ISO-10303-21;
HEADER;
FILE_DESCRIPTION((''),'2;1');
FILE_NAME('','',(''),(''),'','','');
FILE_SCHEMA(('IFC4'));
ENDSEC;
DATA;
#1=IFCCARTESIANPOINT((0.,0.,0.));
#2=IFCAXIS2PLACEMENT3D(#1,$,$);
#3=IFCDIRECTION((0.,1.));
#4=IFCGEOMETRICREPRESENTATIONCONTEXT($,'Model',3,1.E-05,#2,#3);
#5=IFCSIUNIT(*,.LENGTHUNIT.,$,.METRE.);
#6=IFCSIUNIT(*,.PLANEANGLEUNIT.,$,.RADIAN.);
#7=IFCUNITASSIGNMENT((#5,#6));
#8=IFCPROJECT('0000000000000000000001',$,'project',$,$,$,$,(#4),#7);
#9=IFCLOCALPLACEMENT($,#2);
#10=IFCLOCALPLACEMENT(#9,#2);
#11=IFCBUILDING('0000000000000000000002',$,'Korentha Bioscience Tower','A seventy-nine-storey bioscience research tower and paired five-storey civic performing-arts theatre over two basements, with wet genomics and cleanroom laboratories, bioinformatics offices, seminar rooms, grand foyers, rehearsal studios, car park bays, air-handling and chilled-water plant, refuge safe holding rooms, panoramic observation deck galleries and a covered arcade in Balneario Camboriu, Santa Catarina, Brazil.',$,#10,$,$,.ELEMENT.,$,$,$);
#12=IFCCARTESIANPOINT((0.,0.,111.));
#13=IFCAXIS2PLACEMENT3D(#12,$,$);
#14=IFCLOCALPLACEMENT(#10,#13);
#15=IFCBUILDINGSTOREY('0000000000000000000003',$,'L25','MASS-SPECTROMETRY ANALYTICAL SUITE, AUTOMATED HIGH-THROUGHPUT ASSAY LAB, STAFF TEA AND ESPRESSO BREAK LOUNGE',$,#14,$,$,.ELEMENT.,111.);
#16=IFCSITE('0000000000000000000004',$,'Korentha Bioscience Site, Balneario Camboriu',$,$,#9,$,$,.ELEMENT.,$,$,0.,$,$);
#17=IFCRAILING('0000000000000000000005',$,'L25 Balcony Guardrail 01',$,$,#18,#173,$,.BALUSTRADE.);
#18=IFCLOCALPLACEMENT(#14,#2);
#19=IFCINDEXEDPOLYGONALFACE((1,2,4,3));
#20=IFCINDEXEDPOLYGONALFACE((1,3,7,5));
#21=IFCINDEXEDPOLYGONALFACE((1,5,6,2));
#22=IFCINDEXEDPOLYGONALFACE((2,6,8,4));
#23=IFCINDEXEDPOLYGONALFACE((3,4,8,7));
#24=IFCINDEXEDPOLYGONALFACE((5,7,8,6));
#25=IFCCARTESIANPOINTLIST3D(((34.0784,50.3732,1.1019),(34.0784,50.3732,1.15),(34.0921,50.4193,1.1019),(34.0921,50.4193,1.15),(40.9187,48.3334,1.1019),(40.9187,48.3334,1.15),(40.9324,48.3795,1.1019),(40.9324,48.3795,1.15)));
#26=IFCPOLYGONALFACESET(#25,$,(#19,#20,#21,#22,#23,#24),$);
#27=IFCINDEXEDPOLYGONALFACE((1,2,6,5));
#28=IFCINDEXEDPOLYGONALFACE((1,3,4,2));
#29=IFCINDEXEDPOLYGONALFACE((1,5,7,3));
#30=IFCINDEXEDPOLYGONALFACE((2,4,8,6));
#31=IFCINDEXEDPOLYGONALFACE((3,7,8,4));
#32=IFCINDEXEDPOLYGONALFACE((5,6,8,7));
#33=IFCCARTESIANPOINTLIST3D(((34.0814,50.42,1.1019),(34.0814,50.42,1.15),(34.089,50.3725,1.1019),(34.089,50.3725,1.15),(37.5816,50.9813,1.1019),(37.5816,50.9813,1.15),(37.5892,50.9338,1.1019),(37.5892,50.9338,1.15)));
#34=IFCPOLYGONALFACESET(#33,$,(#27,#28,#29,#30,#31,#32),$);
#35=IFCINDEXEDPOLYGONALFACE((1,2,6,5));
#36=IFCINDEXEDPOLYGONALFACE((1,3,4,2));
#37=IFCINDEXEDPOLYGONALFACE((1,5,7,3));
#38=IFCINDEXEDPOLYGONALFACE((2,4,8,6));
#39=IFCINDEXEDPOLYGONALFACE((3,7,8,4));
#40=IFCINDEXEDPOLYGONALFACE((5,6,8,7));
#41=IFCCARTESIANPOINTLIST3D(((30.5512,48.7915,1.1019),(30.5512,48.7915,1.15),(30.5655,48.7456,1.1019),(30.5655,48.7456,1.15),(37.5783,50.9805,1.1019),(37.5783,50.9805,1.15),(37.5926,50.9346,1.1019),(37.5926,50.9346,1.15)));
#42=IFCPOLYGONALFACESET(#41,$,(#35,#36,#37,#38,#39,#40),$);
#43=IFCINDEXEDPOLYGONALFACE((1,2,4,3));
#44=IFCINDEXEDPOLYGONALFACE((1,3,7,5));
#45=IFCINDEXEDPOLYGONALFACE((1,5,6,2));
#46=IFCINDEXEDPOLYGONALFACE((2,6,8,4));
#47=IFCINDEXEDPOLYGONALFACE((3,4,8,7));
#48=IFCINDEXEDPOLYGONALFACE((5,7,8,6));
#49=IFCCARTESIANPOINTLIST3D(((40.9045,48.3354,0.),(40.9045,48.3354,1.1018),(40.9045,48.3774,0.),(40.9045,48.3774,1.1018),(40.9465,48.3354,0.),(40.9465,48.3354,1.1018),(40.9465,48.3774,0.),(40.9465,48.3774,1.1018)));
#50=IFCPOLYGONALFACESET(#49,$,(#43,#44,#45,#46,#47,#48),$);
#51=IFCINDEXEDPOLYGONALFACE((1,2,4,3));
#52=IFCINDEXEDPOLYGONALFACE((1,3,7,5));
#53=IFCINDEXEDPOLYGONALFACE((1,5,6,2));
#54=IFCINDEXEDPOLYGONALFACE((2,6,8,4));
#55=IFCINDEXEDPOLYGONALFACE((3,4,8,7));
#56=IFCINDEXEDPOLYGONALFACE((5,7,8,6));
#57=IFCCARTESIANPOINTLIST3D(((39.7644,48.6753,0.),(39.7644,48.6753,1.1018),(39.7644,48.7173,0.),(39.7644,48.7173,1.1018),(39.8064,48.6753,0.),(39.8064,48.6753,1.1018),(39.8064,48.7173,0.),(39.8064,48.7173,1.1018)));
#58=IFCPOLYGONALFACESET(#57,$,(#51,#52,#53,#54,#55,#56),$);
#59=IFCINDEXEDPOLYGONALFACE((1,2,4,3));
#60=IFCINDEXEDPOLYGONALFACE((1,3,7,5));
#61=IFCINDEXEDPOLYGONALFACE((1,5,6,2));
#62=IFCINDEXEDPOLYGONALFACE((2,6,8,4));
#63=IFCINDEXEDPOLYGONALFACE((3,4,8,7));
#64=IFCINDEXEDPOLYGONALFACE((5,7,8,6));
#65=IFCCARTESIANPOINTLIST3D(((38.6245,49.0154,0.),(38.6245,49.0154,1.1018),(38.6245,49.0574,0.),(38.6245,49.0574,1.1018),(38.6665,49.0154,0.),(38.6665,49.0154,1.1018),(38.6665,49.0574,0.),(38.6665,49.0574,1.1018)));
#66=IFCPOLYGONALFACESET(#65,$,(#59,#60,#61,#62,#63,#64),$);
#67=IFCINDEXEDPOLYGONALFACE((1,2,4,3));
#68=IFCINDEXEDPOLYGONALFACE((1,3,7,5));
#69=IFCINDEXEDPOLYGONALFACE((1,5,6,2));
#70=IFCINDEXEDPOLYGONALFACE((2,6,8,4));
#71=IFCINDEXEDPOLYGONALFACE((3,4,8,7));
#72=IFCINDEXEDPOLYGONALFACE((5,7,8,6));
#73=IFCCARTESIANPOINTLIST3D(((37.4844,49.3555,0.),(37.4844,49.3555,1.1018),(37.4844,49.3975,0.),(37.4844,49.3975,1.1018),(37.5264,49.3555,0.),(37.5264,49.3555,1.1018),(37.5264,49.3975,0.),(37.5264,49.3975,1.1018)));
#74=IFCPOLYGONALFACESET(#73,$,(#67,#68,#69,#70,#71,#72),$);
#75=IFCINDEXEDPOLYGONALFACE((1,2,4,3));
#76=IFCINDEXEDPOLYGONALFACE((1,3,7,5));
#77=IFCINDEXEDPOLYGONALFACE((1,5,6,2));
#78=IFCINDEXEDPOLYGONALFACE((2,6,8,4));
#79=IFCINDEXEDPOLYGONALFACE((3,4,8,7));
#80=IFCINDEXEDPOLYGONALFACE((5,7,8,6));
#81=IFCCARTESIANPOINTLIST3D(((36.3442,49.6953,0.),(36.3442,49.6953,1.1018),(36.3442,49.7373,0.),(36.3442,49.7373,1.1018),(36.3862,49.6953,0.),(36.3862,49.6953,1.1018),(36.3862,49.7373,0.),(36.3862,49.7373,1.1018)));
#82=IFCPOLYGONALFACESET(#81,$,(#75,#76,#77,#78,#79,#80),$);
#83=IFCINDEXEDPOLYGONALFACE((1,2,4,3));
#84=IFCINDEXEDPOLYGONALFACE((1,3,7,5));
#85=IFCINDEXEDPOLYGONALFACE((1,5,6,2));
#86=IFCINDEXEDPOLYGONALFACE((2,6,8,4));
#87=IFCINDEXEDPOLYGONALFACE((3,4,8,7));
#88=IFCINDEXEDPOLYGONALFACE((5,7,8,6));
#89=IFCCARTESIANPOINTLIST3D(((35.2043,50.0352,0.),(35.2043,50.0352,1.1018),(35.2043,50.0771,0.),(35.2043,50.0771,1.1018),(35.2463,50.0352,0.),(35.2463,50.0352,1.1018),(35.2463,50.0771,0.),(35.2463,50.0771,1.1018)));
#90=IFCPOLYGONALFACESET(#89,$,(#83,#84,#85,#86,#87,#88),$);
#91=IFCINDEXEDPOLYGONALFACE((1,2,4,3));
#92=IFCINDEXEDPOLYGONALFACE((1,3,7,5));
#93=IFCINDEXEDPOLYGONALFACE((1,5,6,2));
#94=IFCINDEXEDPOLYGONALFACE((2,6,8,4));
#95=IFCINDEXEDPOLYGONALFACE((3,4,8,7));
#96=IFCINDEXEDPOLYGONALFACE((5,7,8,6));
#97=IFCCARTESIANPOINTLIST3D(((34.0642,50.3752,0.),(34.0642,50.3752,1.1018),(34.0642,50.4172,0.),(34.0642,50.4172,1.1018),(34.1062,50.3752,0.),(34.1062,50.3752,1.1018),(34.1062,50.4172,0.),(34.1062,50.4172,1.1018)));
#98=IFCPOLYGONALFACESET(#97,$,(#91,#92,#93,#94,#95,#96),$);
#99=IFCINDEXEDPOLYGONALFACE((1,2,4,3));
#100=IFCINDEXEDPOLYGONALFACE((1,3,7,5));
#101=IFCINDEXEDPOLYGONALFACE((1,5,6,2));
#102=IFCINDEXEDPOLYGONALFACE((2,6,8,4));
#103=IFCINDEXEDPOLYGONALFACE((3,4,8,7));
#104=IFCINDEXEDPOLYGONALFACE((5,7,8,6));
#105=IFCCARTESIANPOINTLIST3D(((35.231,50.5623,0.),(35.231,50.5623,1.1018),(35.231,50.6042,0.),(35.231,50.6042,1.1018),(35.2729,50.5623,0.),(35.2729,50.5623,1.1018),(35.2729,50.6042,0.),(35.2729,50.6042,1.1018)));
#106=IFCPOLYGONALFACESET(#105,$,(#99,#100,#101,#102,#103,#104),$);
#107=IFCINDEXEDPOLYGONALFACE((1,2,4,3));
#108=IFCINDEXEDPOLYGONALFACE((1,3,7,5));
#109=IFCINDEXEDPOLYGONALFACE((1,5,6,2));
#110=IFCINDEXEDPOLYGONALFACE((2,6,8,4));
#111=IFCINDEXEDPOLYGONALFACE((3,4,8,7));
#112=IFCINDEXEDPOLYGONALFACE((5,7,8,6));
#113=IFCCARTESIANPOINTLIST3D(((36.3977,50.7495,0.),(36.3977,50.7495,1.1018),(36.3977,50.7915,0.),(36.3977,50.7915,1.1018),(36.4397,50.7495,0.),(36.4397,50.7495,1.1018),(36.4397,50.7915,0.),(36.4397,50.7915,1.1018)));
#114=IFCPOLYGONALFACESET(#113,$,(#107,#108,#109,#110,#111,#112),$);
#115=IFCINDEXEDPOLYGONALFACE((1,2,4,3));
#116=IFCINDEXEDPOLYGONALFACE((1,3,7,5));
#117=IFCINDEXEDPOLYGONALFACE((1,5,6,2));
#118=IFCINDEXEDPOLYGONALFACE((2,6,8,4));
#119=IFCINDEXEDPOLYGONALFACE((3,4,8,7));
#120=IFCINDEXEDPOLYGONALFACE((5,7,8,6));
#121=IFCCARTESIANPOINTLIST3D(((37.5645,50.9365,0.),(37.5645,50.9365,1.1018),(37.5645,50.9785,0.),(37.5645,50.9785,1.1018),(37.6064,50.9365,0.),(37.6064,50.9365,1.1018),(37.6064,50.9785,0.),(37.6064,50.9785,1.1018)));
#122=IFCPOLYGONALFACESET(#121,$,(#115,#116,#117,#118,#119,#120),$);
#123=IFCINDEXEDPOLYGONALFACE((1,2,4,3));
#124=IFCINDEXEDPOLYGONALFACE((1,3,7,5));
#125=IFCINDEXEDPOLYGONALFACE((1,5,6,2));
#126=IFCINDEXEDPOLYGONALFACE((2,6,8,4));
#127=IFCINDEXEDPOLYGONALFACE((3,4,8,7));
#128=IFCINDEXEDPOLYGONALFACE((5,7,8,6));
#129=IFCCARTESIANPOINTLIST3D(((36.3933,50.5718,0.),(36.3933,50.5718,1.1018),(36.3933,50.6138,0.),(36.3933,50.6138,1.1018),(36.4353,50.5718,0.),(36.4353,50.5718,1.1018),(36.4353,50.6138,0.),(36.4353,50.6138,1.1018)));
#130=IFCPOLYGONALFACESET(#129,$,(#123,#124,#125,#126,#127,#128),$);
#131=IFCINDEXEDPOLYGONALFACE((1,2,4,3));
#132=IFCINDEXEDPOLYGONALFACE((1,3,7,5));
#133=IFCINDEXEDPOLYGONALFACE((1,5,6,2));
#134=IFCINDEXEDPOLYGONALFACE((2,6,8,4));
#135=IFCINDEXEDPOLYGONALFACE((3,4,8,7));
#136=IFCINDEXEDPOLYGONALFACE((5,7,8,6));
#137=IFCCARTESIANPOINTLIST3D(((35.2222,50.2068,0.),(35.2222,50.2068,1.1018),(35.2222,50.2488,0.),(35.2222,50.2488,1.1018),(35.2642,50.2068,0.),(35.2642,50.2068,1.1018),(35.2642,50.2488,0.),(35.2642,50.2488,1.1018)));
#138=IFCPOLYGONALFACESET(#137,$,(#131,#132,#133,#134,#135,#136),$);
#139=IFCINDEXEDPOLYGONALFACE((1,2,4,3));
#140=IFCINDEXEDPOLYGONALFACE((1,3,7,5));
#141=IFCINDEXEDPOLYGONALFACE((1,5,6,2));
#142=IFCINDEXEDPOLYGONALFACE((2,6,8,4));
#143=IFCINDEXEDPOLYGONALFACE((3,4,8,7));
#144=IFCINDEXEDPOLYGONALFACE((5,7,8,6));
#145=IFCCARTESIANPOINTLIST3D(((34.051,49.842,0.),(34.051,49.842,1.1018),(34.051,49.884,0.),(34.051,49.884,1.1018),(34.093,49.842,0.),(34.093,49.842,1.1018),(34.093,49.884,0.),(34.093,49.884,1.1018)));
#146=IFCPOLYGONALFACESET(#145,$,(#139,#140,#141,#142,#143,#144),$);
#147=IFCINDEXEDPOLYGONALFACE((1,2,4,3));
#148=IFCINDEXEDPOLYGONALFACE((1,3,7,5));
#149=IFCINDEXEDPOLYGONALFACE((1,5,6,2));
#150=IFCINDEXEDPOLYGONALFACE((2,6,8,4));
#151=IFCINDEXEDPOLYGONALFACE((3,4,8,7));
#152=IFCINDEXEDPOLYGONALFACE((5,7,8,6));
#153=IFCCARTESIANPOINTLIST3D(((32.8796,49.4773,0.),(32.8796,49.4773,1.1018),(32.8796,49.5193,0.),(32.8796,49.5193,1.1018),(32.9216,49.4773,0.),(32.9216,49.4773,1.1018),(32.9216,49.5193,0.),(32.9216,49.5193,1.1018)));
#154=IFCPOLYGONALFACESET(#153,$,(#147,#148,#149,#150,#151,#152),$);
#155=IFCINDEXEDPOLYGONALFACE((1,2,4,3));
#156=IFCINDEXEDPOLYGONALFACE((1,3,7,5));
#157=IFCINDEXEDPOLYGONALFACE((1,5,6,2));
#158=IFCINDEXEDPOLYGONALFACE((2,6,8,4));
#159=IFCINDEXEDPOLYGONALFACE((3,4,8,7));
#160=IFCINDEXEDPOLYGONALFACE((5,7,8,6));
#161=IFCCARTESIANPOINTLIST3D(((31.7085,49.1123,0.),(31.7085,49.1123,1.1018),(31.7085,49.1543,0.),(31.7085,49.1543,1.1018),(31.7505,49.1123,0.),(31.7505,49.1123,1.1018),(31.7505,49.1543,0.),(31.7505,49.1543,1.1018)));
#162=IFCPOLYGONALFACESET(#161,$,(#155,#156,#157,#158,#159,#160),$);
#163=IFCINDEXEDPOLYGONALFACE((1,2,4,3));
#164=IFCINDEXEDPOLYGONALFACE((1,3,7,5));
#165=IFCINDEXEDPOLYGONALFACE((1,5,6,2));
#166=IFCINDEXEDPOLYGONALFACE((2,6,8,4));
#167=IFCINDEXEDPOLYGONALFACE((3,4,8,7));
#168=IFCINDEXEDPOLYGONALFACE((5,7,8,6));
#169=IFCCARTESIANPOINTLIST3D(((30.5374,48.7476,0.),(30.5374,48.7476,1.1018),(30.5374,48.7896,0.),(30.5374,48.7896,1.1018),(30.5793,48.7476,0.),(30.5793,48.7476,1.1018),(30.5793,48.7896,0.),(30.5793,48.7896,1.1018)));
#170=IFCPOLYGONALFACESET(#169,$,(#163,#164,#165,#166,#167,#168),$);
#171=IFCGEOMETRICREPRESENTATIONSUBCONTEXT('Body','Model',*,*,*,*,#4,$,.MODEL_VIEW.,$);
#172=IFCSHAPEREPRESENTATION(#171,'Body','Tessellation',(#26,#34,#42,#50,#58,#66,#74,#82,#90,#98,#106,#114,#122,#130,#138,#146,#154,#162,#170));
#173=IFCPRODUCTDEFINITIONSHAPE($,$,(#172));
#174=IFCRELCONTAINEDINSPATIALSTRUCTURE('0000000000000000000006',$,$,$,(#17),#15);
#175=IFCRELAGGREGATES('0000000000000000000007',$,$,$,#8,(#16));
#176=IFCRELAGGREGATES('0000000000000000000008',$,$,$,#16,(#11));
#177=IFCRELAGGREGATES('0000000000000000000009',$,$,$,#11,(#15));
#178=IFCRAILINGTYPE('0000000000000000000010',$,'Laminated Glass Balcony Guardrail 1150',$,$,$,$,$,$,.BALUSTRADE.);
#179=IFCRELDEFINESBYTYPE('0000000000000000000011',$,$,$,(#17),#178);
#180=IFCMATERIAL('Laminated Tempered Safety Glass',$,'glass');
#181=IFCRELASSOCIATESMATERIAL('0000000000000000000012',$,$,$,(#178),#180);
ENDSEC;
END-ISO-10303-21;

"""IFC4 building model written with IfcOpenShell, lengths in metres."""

from ifc_helpers import new_model, si_unit, direction, frame, origin, origin_2d, place, context, subcontext, project, spatial, rectangle, extrude, material, type_object, element, save


model = new_model("IFC4")

# Units and contexts
model_context = context("Model", 3, precision=1e-05, world=origin(), true_north=direction((0.0, 1.0)))
body_context = subcontext(model_context, "Body", "Model", "MODEL_VIEW")
ifc_project = project(units=[si_unit("LENGTHUNIT", "METRE"), si_unit("PLANEANGLEUNIT", "RADIAN")], contexts=[model_context])

# Site, building, storey
site_placement = place(None, origin())
site = spatial("IfcSite", under=ifc_project, at=site_placement, Name="Korentha Bioscience Site, Balneario Camboriu", CompositionType="ELEMENT", RefElevation=0.0)
building_placement = place(site_placement, origin())
building = spatial("IfcBuilding", under=site, at=building_placement, Name="Korentha Bioscience Tower", Description="A seventy-nine-storey bioscience research tower and paired five-storey civic performing-arts theatre over two basements, with wet genomics and cleanroom laboratories, bioinformatics offices, seminar rooms, grand foyers, rehearsal studios, car park bays, air-handling and chilled-water plant, refuge safe holding rooms, panoramic observation deck galleries and a covered arcade in Balneario Camboriu, Santa Catarina, Brazil.", CompositionType="ELEMENT")
storey_placement = place(building_placement, frame((0.0, 0.0, 111.0)))
storey = spatial("IfcBuildingStorey", under=building, at=storey_placement, Name="L25", Description="MASS-SPECTROMETRY ANALYTICAL SUITE, AUTOMATED HIGH-THROUGHPUT ASSAY LAB, STAFF TEA AND ESPRESSO BREAK LOUNGE", CompositionType="ELEMENT", Elevation=111.0)

# Railing
ifc_material_1 = material(Name="Laminated Tempered Safety Glass", Category="glass")
railing_type = type_object("IfcRailingType", Name="Laminated Glass Balcony Guardrail 1150", PredefinedType="BALUSTRADE", material=ifc_material_1)
railing_placement = place(storey_placement, frame((40.9255, 48.3564, 0.0)))
element("IfcRailing", 1, at=railing_placement, inside=storey, type_object=railing_type, Name="L25 Balcony Guardrail 01", PredefinedType="BALUSTRADE", context=body_context, shape_type="SweptSolid", body=[
    extrude(rectangle(XDim=0.0481, YDim=0.0481, at=origin_2d()), frame((0.0, 0.0, 1.126), z_axis=(-0.958299, 0.285766, 0.0), x_axis=(-0.285766, -0.958299, 0.0)), (0.0, 0.0, 1.0), 7.1379),
    extrude(rectangle(XDim=0.0481, YDim=0.0481, at=origin_2d()), frame((-6.8403, 2.0398, 1.126), z_axis=(0.987386, 0.158332, 0.0), x_axis=(-0.158332, 0.987386, 0.0)), (0.0, 0.0, 1.0), 3.5449),
    extrude(rectangle(XDim=0.0481, YDim=0.0481, at=origin_2d()), frame((-3.3401, 2.6011, 1.126), z_axis=(-0.95475, -0.297408, 0.0), x_axis=(0.297408, -0.95475, 0.0)), (0.0, 0.0, 1.0), 7.3601),
    extrude(rectangle(XDim=0.042, YDim=0.042, at=origin_2d()), origin(), (0.0, 0.0, 1.0), 1.1018),
    extrude(rectangle(XDim=0.042, YDim=0.042, at=origin_2d()), frame((-1.1401, 0.3398, 0.0)), (0.0, 0.0, 1.0), 1.1018),
    extrude(rectangle(XDim=0.042, YDim=0.042, at=origin_2d()), frame((-2.28, 0.6799, 0.0)), (0.0, 0.0, 1.0), 1.1018),
    extrude(rectangle(XDim=0.042, YDim=0.042, at=origin_2d()), frame((-3.4202, 1.02, 0.0)), (0.0, 0.0, 1.0), 1.1018),
    extrude(rectangle(XDim=0.042, YDim=0.042, at=origin_2d()), frame((-4.5603, 1.3599, 0.0)), (0.0, 0.0, 1.0), 1.1018),
    extrude(rectangle(XDim=0.042, YDim=0.042, at=origin_2d()), frame((-5.7002, 1.6997, 0.0)), (0.0, 0.0, 1.0), 1.1018),
    extrude(rectangle(XDim=0.042, YDim=0.042, at=origin_2d()), frame((-6.8403, 2.0398, 0.0)), (0.0, 0.0, 1.0), 1.1018),
    extrude(rectangle(XDim=0.042, YDim=0.042, at=origin_2d()), frame((-5.6736, 2.2268, 0.0)), (0.0, 0.0, 1.0), 1.1018),
    extrude(rectangle(XDim=0.042, YDim=0.042, at=origin_2d()), frame((-4.5068, 2.4141, 0.0)), (0.0, 0.0, 1.0), 1.1018),
    extrude(rectangle(XDim=0.042, YDim=0.042, at=origin_2d()), frame((-3.3401, 2.6011, 0.0)), (0.0, 0.0, 1.0), 1.1018),
    extrude(rectangle(XDim=0.042, YDim=0.042, at=origin_2d()), frame((-4.5112, 2.2363, 0.0)), (0.0, 0.0, 1.0), 1.1018),
    extrude(rectangle(XDim=0.042, YDim=0.042, at=origin_2d()), frame((-5.6824, 1.8713, 0.0)), (0.0, 0.0, 1.0), 1.1018),
    extrude(rectangle(XDim=0.042, YDim=0.042, at=origin_2d()), frame((-6.8535, 1.5066, 0.0)), (0.0, 0.0, 1.0), 1.1018),
    extrude(rectangle(XDim=0.042, YDim=0.042, at=origin_2d()), frame((-8.0249, 1.1418, 0.0)), (0.0, 0.0, 1.0), 1.1018),
    extrude(rectangle(XDim=0.042, YDim=0.042, at=origin_2d()), frame((-9.196, 0.7769, 0.0)), (0.0, 0.0, 1.0), 1.1018),
    extrude(rectangle(XDim=0.042, YDim=0.042, at=origin_2d()), frame((-10.3672, 0.4121, 0.0)), (0.0, 0.0, 1.0), 1.1018),
])

save(model, "model.ifc")
